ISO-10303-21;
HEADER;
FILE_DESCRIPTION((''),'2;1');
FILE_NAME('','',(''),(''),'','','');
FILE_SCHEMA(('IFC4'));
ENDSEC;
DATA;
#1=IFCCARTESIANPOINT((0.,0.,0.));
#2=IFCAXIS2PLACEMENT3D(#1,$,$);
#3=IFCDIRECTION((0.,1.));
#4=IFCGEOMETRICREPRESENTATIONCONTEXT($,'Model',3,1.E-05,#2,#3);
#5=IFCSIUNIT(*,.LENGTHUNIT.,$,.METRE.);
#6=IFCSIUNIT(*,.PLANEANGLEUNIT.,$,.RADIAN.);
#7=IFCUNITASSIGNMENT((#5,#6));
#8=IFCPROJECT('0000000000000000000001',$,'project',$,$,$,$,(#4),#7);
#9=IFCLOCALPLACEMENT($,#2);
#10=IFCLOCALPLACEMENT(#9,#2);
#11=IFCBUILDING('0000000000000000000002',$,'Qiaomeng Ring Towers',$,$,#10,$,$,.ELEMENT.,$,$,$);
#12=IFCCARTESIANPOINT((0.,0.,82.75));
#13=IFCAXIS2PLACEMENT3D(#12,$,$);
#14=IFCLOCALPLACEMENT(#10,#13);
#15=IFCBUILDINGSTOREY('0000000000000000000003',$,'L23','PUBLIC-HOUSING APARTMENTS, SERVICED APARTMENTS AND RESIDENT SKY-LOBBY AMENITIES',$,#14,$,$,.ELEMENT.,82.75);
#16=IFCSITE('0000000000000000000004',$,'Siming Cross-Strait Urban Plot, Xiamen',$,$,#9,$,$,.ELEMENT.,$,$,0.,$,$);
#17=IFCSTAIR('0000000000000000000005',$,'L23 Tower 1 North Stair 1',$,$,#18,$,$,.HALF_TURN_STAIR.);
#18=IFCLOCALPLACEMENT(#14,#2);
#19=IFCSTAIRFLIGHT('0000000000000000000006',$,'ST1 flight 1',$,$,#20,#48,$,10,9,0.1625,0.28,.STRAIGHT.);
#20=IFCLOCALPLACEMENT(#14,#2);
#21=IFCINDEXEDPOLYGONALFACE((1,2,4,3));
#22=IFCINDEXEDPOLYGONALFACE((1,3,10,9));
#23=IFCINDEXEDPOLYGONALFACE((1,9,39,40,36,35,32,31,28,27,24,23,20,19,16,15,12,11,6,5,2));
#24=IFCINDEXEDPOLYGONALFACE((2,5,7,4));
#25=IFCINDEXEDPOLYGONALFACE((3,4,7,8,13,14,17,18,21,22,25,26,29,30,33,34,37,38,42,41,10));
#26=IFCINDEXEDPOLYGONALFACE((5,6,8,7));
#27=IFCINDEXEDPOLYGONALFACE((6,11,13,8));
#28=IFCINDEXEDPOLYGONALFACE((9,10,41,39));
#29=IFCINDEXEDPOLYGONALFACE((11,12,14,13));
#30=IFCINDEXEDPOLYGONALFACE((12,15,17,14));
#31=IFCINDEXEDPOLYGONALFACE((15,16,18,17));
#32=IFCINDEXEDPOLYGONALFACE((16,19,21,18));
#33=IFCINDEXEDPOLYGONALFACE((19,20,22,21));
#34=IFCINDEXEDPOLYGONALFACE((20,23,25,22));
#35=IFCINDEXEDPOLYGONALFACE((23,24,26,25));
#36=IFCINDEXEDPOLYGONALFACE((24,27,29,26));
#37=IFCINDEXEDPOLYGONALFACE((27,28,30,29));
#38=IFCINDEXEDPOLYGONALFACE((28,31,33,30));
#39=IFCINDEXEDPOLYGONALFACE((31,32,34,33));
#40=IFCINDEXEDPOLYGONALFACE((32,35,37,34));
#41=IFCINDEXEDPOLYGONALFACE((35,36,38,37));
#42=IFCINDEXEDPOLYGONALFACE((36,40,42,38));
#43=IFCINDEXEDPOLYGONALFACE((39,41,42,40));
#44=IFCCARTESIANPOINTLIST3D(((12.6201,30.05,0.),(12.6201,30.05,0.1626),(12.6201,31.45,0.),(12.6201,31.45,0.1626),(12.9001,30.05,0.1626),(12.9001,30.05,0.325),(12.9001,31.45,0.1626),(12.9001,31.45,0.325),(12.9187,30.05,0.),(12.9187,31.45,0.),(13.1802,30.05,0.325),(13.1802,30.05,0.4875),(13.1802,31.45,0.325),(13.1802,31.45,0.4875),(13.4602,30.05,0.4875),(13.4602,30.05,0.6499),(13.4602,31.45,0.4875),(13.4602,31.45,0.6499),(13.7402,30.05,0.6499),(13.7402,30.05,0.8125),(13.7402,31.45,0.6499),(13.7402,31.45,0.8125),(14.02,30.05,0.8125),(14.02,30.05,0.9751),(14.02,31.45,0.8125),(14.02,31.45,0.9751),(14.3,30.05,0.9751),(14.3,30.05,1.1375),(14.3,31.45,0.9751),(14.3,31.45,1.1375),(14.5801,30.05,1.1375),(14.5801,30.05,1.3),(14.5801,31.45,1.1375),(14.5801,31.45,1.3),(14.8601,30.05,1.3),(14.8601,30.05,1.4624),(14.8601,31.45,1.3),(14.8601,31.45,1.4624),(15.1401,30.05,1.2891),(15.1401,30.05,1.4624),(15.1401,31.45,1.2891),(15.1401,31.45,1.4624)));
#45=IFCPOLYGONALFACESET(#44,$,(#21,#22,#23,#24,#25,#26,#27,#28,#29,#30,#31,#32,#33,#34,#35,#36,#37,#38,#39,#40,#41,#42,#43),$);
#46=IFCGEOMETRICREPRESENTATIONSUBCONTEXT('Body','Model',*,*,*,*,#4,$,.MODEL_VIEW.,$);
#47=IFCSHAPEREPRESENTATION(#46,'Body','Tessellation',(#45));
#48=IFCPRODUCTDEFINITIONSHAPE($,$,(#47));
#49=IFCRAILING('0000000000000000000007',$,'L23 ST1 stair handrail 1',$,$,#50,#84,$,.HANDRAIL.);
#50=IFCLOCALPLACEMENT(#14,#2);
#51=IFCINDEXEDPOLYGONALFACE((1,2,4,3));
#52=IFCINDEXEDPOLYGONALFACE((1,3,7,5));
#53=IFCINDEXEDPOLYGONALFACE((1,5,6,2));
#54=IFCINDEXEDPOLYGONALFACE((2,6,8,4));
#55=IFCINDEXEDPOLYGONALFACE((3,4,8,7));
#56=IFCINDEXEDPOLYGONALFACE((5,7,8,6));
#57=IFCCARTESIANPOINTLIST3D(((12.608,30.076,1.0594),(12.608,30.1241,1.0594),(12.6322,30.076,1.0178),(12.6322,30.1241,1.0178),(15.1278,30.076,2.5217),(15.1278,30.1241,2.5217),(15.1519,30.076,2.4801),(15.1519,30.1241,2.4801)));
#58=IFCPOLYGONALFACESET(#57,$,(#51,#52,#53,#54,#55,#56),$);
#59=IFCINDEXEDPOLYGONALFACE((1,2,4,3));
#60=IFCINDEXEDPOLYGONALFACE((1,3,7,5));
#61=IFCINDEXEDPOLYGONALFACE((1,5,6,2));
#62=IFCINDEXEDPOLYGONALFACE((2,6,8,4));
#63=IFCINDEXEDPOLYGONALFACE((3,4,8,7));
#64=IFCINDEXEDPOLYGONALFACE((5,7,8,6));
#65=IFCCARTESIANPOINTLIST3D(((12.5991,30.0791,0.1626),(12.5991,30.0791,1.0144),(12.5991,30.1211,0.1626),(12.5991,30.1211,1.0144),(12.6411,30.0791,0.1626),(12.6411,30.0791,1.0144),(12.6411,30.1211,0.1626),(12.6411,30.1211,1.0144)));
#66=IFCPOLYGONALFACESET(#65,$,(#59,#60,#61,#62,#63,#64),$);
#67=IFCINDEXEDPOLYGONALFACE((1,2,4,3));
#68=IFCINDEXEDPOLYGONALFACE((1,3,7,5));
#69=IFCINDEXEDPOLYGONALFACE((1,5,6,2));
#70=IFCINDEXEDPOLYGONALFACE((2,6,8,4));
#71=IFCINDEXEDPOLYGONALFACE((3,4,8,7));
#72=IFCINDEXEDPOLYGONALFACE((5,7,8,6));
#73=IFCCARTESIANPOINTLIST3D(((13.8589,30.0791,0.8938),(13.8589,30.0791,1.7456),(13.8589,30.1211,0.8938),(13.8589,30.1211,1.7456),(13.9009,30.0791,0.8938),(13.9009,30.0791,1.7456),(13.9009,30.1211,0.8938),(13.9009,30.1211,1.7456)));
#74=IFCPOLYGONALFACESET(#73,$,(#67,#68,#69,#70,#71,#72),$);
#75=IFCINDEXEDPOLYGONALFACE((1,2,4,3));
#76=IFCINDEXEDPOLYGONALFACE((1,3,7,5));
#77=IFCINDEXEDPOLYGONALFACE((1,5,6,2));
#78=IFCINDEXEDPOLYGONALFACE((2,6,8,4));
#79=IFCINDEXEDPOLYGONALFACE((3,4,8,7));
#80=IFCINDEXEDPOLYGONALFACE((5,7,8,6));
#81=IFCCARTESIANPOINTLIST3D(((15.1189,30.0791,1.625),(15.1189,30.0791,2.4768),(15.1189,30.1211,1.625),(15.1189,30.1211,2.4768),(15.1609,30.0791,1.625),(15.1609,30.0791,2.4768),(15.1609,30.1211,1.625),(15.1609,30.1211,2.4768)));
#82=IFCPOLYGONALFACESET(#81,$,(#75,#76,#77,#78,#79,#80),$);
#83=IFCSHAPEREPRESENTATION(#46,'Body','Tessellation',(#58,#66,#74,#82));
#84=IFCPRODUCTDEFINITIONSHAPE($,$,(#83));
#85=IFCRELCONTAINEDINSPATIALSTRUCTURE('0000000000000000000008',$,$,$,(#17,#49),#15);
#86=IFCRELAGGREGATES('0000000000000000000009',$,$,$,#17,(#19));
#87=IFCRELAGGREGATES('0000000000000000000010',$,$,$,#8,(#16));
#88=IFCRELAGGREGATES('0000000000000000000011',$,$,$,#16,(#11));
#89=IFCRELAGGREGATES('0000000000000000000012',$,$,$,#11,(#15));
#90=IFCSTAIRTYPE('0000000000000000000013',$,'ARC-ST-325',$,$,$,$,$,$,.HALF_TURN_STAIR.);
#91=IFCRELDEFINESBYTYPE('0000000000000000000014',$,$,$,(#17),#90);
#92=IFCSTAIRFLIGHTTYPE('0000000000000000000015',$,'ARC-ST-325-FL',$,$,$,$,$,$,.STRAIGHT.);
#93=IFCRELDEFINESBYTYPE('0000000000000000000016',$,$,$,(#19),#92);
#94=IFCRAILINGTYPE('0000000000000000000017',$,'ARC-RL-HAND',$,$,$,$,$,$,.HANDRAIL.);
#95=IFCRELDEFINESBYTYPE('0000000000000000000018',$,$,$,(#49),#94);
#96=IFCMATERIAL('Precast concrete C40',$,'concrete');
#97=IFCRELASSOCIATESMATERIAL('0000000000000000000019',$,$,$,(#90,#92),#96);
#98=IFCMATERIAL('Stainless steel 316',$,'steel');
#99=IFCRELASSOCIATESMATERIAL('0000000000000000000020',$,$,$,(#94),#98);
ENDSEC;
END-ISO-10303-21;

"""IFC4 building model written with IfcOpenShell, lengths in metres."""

from ifc_helpers import new_model, si_unit, direction, frame, origin, origin_2d, place, context, subcontext, project, spatial, polyline, rectangle, outline, extrude, source, transform, mapped, material, type_object, element, aggregate, save


model = new_model("IFC4")

# Units and contexts
model_context = context("Model", 3, precision=1e-05, world=origin(), true_north=direction((0.0, 1.0)))
body_context = subcontext(model_context, "Body", "Model", "MODEL_VIEW")
ifc_project = project(units=[si_unit("LENGTHUNIT", "METRE"), si_unit("PLANEANGLEUNIT", "RADIAN")], contexts=[model_context])

# Site, building, storey
site_placement = place(None, origin())
site = spatial("IfcSite", under=ifc_project, at=site_placement, Name="Siming Cross-Strait Urban Plot, Xiamen", CompositionType="ELEMENT", RefElevation=0.0)
building_placement = place(site_placement, origin())
building = spatial("IfcBuilding", under=site, at=building_placement, Name="Qiaomeng Ring Towers", CompositionType="ELEMENT")
storey_placement = place(building_placement, frame((0.0, 0.0, 82.75)))
storey = spatial("IfcBuildingStorey", under=building, at=storey_placement, Name="L23", Description="PUBLIC-HOUSING APARTMENTS, SERVICED APARTMENTS AND RESIDENT SKY-LOBBY AMENITIES", CompositionType="ELEMENT", Elevation=82.75)

# Stair, stair flight
ifc_material_1 = material(Name="Precast concrete C40", Category="concrete")
stair_type = type_object("IfcStairType", Name="ARC-ST-325", PredefinedType="HALF_TURN_STAIR", material=ifc_material_1)
stair_placement = place(storey_placement, origin())
stair = element("IfcStair", 1, at=stair_placement, inside=storey, type_object=stair_type, Name="L23 Tower 1 North Stair 1", PredefinedType="HALF_TURN_STAIR")
stair_flight_type = type_object("IfcStairFlightType", Name="ARC-ST-325-FL", PredefinedType="STRAIGHT", material=ifc_material_1)
shared_shape_1 = source(origin(), body_context, "Body", "SweptSolid", [
    extrude(outline(polyline([(0.0, 0.0), (0.0, 0.1626), (0.28, 0.1626), (0.28, 0.325), (0.5601, 0.325), (0.5601, 0.4875), (0.8401, 0.4875), (0.8401, 0.6499), (1.1201, 0.6499), (1.1201, 0.8125), (1.3999, 0.8125), (1.3999, 0.9751), (1.6799, 0.9751), (1.6799, 1.1375), (1.96, 1.1375), (1.96, 1.3), (2.24, 1.3), (2.24, 1.4624), (2.52, 1.4624), (2.52, 1.625), (2.52, 1.2891), (0.2986, 0.0), (0.0, 0.0)])), frame((0.0, 0.7, 0.0), z_axis=(0.0, -1.0, 0.0), x_axis=(1.0, 0.0, 0.0)), (0.0, 0.0, 1.0), 1.3999),
])
stair_flight_placement = place(storey_placement, frame((12.6201, 30.75, 0.0), z_axis=(0.0, 0.0, 1.0), x_axis=(1.0, 0.0, 0.0)))
stair_flight = element("IfcStairFlight", 2, at=stair_flight_placement, type_object=stair_flight_type, Name="ST1 flight 1", NumberOfRisers=10, NumberOfTreads=9, PredefinedType="STRAIGHT", RiserHeight=0.1625, TreadLength=0.28, context=body_context, shape_type="MappedRepresentation", body=[
    mapped(shared_shape_1, transform((0.0, 0.0, 0.0), x_axis=(1.0, 0.0, 0.0), y_axis=(0.0, 1.0, 0.0), z_axis=(0.0, 0.0, 1.0), scale=1.0)),
])
aggregate(stair, [stair_flight])

# Railing
ifc_material_2 = material(Name="Stainless steel 316", Category="steel")
railing_type = type_object("IfcRailingType", Name="ARC-RL-HAND", PredefinedType="HANDRAIL", material=ifc_material_2)
railing_placement = place(storey_placement, frame((12.6201, 30.1001, 0.1626)))
element("IfcRailing", 3, at=railing_placement, inside=storey, type_object=railing_type, Name="L23 ST1 stair handrail 1", PredefinedType="HANDRAIL", context=body_context, shape_type="SweptSolid", body=[
    extrude(rectangle(XDim=0.0481, YDim=0.0481, at=origin_2d()), frame((0.0, 0.0, 0.876), z_axis=(0.864892, 0.0, 0.501958), x_axis=(0.0, 1.0, 0.0)), (0.0, 0.0, 1.0), 2.9133),
    extrude(rectangle(XDim=0.042, YDim=0.042, at=origin_2d()), origin(), (0.0, 0.0, 1.0), 0.8518),
    extrude(rectangle(XDim=0.042, YDim=0.042, at=origin_2d()), frame((1.2598, 0.0, 0.7312)), (0.0, 0.0, 1.0), 0.8518),
    extrude(rectangle(XDim=0.042, YDim=0.042, at=origin_2d()), frame((2.5198, 0.0, 1.4624)), (0.0, 0.0, 1.0), 0.8518),
])

save(model, "model.ifc")
